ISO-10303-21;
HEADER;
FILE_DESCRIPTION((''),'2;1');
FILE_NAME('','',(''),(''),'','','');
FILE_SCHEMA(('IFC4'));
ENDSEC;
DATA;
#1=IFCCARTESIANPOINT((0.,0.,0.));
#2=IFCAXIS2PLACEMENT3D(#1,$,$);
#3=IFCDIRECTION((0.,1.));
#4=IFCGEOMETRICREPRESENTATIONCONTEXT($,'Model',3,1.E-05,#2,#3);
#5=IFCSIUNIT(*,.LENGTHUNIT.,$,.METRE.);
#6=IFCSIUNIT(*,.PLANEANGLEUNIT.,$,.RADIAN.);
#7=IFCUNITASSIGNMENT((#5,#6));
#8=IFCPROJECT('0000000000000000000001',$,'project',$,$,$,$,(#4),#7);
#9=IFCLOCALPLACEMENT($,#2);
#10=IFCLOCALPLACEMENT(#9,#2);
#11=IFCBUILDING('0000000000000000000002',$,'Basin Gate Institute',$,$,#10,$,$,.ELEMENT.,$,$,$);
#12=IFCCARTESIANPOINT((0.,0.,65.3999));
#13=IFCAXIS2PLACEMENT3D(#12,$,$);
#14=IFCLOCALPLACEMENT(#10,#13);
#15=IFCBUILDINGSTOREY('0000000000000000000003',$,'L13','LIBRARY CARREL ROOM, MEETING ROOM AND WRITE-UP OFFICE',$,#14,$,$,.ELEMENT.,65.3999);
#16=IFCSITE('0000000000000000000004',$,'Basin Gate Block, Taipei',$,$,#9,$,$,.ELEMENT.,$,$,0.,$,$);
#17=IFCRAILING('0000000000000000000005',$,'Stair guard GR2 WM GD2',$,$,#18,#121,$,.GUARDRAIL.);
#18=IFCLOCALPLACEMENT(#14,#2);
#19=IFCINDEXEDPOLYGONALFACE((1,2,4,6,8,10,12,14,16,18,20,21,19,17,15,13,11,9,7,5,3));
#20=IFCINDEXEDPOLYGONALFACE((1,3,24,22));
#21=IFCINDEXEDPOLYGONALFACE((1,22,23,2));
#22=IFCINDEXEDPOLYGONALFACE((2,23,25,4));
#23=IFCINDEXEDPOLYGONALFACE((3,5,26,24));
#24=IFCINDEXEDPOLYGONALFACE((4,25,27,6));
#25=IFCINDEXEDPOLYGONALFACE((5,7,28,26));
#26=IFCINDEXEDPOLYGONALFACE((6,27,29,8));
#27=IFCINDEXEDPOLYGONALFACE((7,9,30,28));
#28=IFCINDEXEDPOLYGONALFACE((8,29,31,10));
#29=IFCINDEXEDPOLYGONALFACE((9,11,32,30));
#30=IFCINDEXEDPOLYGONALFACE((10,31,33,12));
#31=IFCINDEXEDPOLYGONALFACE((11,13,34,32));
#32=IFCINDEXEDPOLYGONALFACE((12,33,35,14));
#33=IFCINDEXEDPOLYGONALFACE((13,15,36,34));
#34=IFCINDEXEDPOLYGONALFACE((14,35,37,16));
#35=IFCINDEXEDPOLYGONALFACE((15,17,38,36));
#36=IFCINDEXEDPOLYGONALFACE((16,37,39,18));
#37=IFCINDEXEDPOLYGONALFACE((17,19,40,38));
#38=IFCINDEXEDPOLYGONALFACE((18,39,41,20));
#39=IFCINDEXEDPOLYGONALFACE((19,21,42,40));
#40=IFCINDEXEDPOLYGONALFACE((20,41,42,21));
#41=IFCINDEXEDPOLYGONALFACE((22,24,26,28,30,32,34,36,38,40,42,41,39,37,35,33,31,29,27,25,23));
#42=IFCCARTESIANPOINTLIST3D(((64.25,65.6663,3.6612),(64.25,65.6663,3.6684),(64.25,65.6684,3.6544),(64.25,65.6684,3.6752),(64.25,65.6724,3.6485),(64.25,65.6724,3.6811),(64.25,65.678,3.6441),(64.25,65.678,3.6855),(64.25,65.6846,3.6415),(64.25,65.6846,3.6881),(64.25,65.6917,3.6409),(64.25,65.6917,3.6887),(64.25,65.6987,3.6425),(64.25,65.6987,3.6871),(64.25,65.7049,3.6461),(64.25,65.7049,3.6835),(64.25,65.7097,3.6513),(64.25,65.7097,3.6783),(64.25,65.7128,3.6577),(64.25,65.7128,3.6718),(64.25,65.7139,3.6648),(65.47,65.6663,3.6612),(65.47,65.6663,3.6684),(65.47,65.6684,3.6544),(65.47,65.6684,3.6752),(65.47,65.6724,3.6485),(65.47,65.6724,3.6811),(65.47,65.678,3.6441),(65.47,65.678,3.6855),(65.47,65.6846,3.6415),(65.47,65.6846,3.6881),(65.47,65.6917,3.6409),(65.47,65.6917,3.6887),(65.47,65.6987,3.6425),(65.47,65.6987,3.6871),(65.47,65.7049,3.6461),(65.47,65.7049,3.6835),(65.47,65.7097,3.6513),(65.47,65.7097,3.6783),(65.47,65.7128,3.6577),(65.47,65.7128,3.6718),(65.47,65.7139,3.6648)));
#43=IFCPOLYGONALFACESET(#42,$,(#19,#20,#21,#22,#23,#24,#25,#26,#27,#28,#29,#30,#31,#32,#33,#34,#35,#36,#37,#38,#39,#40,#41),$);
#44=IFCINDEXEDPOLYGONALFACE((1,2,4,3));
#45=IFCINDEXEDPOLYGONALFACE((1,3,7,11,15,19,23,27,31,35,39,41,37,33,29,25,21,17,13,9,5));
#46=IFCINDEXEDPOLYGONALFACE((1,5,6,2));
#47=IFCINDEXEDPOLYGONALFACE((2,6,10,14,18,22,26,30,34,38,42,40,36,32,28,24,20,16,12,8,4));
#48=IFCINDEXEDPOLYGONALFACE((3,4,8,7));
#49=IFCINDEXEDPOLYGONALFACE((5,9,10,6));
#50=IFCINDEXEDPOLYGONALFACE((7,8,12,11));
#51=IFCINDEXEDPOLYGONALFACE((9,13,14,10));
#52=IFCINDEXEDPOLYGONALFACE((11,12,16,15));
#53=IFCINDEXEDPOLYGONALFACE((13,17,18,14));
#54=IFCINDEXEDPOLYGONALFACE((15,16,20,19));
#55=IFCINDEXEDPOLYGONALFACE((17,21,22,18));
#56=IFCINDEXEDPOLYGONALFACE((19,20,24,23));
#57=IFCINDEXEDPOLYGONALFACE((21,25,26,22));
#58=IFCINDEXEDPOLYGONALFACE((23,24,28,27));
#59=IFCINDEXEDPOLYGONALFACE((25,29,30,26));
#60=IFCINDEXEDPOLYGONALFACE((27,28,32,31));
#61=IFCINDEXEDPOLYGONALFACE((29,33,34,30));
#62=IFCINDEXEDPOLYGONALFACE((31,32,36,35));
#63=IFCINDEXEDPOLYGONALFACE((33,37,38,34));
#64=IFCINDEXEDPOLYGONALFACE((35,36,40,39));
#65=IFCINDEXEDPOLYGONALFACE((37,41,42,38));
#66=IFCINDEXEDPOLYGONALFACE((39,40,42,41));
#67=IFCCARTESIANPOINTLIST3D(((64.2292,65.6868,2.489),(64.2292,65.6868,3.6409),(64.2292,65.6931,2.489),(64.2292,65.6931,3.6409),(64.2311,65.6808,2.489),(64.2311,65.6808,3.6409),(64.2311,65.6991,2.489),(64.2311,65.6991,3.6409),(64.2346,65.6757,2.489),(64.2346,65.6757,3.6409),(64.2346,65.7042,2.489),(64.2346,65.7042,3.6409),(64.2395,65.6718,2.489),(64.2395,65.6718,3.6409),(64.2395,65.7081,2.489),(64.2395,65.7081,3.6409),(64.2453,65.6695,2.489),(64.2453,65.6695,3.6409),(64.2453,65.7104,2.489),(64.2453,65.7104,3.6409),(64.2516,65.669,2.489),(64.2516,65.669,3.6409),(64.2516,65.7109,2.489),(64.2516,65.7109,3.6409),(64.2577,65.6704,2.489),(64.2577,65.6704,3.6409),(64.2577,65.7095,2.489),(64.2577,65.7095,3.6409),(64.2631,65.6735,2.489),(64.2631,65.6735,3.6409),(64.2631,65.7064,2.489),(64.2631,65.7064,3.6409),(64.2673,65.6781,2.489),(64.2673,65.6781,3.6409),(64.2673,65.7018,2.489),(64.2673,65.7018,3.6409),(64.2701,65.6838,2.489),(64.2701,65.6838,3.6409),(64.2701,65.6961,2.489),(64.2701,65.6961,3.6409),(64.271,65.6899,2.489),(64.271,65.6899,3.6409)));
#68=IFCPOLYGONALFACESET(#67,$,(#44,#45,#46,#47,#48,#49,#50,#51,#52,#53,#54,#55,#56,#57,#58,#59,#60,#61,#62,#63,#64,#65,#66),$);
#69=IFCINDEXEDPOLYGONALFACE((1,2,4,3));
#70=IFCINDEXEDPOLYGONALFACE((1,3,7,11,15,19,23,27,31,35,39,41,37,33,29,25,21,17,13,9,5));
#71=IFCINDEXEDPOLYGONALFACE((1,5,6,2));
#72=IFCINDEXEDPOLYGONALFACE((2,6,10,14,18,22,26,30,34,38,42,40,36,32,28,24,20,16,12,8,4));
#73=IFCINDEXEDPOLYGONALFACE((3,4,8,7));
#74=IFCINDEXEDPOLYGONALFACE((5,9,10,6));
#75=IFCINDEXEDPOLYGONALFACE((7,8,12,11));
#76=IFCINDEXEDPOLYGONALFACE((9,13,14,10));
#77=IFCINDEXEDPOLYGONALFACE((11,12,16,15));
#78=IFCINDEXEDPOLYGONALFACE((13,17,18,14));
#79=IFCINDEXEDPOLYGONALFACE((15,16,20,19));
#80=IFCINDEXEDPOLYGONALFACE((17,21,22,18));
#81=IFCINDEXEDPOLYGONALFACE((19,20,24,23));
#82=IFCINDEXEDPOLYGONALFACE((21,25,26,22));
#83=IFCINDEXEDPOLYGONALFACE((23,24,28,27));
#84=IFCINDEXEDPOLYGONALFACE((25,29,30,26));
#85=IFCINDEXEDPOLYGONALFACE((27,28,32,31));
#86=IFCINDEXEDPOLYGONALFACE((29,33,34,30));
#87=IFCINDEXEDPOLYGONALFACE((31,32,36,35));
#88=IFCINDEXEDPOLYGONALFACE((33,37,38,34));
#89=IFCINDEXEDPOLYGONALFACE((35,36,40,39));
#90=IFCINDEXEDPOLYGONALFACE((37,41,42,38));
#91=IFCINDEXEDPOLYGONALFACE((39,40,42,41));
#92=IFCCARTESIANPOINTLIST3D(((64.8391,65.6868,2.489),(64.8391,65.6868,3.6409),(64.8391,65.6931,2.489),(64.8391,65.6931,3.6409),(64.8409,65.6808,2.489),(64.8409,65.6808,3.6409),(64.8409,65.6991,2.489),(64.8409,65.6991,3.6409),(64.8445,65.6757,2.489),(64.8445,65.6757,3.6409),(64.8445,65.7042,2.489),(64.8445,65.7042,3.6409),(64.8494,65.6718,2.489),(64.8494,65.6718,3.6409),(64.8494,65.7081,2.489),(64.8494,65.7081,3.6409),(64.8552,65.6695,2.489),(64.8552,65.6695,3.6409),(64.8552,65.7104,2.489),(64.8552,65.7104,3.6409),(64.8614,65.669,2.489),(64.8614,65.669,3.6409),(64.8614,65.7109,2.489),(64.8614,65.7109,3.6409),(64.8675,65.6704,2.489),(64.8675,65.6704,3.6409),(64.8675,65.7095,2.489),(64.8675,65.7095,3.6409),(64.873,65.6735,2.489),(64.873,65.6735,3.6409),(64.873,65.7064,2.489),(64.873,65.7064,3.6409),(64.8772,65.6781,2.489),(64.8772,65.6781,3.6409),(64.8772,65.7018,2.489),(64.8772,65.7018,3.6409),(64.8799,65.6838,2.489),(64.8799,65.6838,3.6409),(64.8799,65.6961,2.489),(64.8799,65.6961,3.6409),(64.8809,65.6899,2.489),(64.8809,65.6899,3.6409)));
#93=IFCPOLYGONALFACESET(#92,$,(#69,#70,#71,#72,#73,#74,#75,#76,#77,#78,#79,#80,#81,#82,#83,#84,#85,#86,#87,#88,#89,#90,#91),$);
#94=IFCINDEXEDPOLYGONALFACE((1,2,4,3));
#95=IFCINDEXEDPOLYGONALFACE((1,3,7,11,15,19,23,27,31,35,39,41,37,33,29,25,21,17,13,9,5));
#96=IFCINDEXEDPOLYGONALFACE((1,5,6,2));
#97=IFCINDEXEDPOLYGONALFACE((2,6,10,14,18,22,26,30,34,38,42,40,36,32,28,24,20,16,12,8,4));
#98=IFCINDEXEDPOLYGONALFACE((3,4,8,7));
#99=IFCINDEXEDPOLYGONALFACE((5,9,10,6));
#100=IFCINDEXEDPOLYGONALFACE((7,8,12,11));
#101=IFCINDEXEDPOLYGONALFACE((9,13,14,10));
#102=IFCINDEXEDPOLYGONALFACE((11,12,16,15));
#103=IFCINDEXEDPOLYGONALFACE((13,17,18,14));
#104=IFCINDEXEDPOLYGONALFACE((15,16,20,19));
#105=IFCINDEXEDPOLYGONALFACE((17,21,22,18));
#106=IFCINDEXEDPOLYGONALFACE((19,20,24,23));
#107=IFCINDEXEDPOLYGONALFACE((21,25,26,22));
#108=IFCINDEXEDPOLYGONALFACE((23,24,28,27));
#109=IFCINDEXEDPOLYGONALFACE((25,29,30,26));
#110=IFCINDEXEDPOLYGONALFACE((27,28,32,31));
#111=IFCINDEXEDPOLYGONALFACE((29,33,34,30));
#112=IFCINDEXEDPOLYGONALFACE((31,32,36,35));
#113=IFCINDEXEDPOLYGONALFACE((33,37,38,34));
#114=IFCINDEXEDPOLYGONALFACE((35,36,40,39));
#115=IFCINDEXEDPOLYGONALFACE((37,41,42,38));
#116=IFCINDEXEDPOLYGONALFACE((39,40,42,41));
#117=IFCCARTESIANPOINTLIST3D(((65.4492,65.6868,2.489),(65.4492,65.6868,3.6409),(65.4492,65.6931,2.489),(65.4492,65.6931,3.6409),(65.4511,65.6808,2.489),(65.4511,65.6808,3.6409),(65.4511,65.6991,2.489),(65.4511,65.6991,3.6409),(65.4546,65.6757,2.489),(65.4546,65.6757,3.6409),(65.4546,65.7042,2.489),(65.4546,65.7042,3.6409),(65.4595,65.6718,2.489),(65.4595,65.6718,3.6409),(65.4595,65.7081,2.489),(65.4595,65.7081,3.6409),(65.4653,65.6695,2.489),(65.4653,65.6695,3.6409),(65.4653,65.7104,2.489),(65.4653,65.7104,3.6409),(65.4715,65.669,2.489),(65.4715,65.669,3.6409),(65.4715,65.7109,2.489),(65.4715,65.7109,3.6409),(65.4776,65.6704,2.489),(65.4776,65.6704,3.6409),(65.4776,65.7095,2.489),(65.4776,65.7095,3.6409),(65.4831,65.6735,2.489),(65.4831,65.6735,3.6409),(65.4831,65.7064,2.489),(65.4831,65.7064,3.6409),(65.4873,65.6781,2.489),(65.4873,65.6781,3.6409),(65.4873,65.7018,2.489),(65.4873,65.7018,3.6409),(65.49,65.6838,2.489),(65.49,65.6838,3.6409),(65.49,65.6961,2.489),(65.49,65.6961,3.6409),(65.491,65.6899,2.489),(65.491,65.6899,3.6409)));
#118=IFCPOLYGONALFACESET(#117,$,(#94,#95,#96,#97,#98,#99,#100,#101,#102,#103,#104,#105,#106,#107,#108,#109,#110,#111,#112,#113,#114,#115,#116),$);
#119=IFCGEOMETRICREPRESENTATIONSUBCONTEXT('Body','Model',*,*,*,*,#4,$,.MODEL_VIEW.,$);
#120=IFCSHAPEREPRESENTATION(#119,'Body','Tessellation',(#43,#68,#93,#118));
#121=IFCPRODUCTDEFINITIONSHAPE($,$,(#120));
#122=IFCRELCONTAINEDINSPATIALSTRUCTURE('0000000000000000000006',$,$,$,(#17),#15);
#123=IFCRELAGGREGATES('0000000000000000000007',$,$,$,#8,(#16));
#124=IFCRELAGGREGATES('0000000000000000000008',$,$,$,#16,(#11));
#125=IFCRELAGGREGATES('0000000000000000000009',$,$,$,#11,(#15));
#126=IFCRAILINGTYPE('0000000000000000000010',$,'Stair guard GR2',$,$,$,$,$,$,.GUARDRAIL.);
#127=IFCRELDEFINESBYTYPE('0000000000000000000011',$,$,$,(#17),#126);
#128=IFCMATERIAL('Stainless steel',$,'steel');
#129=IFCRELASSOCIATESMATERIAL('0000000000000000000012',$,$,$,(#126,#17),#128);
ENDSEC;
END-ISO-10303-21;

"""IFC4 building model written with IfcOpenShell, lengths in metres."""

from ifc_helpers import new_model, si_unit, direction, frame, origin, origin_2d, place, context, subcontext, project, spatial, circle, extrude, material, type_object, element, save


model = new_model("IFC4")

# Units and contexts
model_context = context("Model", 3, precision=1e-05, world=origin(), true_north=direction((0.0, 1.0)))
body_context = subcontext(model_context, "Body", "Model", "MODEL_VIEW")
ifc_project = project(units=[si_unit("LENGTHUNIT", "METRE"), si_unit("PLANEANGLEUNIT", "RADIAN")], contexts=[model_context])

# Site, building, storey
site_placement = place(None, origin())
site = spatial("IfcSite", under=ifc_project, at=site_placement, Name="Basin Gate Block, Taipei", CompositionType="ELEMENT", RefElevation=0.0)
building_placement = place(site_placement, origin())
building = spatial("IfcBuilding", under=site, at=building_placement, Name="Basin Gate Institute", CompositionType="ELEMENT")
storey_placement = place(building_placement, frame((0.0, 0.0, 65.3999)))
storey = spatial("IfcBuildingStorey", under=building, at=storey_placement, Name="L13", Description="LIBRARY CARREL ROOM, MEETING ROOM AND WRITE-UP OFFICE", CompositionType="ELEMENT", Elevation=65.3999)

# Railing
ifc_material_1 = material(Name="Stainless steel", Category="steel")
railing_type = type_object("IfcRailingType", Name="Stair guard GR2", PredefinedType="GUARDRAIL", material=ifc_material_1)
railing_1_placement = place(storey_placement, frame((64.25, 65.6899, 2.489)))
element("IfcRailing", 1, at=railing_1_placement, inside=storey, type_object=railing_type, material=ifc_material_1, Name="Stair guard GR2 WM GD2", PredefinedType="GUARDRAIL", context=body_context, shape_type="SweptSolid", body=[
    extrude(circle(Radius=0.0239, at=origin_2d()), frame((0.0, 0.0, 1.1758), z_axis=(1.0, 0.0, 0.0), x_axis=(0.0, 1.0, 0.0)), (0.0, 0.0, 1.0), 1.22),
    extrude(circle(Radius=0.021, at=origin_2d()), origin(), (0.0, 0.0, 1.0), 1.1519),
    extrude(circle(Radius=0.021, at=origin_2d()), frame((0.6099, 0.0, 0.0)), (0.0, 0.0, 1.0), 1.1519),
    extrude(circle(Radius=0.021, at=origin_2d()), frame((1.22, 0.0, 0.0)), (0.0, 0.0, 1.0), 1.1519),
])

save(model, "model.ifc")
